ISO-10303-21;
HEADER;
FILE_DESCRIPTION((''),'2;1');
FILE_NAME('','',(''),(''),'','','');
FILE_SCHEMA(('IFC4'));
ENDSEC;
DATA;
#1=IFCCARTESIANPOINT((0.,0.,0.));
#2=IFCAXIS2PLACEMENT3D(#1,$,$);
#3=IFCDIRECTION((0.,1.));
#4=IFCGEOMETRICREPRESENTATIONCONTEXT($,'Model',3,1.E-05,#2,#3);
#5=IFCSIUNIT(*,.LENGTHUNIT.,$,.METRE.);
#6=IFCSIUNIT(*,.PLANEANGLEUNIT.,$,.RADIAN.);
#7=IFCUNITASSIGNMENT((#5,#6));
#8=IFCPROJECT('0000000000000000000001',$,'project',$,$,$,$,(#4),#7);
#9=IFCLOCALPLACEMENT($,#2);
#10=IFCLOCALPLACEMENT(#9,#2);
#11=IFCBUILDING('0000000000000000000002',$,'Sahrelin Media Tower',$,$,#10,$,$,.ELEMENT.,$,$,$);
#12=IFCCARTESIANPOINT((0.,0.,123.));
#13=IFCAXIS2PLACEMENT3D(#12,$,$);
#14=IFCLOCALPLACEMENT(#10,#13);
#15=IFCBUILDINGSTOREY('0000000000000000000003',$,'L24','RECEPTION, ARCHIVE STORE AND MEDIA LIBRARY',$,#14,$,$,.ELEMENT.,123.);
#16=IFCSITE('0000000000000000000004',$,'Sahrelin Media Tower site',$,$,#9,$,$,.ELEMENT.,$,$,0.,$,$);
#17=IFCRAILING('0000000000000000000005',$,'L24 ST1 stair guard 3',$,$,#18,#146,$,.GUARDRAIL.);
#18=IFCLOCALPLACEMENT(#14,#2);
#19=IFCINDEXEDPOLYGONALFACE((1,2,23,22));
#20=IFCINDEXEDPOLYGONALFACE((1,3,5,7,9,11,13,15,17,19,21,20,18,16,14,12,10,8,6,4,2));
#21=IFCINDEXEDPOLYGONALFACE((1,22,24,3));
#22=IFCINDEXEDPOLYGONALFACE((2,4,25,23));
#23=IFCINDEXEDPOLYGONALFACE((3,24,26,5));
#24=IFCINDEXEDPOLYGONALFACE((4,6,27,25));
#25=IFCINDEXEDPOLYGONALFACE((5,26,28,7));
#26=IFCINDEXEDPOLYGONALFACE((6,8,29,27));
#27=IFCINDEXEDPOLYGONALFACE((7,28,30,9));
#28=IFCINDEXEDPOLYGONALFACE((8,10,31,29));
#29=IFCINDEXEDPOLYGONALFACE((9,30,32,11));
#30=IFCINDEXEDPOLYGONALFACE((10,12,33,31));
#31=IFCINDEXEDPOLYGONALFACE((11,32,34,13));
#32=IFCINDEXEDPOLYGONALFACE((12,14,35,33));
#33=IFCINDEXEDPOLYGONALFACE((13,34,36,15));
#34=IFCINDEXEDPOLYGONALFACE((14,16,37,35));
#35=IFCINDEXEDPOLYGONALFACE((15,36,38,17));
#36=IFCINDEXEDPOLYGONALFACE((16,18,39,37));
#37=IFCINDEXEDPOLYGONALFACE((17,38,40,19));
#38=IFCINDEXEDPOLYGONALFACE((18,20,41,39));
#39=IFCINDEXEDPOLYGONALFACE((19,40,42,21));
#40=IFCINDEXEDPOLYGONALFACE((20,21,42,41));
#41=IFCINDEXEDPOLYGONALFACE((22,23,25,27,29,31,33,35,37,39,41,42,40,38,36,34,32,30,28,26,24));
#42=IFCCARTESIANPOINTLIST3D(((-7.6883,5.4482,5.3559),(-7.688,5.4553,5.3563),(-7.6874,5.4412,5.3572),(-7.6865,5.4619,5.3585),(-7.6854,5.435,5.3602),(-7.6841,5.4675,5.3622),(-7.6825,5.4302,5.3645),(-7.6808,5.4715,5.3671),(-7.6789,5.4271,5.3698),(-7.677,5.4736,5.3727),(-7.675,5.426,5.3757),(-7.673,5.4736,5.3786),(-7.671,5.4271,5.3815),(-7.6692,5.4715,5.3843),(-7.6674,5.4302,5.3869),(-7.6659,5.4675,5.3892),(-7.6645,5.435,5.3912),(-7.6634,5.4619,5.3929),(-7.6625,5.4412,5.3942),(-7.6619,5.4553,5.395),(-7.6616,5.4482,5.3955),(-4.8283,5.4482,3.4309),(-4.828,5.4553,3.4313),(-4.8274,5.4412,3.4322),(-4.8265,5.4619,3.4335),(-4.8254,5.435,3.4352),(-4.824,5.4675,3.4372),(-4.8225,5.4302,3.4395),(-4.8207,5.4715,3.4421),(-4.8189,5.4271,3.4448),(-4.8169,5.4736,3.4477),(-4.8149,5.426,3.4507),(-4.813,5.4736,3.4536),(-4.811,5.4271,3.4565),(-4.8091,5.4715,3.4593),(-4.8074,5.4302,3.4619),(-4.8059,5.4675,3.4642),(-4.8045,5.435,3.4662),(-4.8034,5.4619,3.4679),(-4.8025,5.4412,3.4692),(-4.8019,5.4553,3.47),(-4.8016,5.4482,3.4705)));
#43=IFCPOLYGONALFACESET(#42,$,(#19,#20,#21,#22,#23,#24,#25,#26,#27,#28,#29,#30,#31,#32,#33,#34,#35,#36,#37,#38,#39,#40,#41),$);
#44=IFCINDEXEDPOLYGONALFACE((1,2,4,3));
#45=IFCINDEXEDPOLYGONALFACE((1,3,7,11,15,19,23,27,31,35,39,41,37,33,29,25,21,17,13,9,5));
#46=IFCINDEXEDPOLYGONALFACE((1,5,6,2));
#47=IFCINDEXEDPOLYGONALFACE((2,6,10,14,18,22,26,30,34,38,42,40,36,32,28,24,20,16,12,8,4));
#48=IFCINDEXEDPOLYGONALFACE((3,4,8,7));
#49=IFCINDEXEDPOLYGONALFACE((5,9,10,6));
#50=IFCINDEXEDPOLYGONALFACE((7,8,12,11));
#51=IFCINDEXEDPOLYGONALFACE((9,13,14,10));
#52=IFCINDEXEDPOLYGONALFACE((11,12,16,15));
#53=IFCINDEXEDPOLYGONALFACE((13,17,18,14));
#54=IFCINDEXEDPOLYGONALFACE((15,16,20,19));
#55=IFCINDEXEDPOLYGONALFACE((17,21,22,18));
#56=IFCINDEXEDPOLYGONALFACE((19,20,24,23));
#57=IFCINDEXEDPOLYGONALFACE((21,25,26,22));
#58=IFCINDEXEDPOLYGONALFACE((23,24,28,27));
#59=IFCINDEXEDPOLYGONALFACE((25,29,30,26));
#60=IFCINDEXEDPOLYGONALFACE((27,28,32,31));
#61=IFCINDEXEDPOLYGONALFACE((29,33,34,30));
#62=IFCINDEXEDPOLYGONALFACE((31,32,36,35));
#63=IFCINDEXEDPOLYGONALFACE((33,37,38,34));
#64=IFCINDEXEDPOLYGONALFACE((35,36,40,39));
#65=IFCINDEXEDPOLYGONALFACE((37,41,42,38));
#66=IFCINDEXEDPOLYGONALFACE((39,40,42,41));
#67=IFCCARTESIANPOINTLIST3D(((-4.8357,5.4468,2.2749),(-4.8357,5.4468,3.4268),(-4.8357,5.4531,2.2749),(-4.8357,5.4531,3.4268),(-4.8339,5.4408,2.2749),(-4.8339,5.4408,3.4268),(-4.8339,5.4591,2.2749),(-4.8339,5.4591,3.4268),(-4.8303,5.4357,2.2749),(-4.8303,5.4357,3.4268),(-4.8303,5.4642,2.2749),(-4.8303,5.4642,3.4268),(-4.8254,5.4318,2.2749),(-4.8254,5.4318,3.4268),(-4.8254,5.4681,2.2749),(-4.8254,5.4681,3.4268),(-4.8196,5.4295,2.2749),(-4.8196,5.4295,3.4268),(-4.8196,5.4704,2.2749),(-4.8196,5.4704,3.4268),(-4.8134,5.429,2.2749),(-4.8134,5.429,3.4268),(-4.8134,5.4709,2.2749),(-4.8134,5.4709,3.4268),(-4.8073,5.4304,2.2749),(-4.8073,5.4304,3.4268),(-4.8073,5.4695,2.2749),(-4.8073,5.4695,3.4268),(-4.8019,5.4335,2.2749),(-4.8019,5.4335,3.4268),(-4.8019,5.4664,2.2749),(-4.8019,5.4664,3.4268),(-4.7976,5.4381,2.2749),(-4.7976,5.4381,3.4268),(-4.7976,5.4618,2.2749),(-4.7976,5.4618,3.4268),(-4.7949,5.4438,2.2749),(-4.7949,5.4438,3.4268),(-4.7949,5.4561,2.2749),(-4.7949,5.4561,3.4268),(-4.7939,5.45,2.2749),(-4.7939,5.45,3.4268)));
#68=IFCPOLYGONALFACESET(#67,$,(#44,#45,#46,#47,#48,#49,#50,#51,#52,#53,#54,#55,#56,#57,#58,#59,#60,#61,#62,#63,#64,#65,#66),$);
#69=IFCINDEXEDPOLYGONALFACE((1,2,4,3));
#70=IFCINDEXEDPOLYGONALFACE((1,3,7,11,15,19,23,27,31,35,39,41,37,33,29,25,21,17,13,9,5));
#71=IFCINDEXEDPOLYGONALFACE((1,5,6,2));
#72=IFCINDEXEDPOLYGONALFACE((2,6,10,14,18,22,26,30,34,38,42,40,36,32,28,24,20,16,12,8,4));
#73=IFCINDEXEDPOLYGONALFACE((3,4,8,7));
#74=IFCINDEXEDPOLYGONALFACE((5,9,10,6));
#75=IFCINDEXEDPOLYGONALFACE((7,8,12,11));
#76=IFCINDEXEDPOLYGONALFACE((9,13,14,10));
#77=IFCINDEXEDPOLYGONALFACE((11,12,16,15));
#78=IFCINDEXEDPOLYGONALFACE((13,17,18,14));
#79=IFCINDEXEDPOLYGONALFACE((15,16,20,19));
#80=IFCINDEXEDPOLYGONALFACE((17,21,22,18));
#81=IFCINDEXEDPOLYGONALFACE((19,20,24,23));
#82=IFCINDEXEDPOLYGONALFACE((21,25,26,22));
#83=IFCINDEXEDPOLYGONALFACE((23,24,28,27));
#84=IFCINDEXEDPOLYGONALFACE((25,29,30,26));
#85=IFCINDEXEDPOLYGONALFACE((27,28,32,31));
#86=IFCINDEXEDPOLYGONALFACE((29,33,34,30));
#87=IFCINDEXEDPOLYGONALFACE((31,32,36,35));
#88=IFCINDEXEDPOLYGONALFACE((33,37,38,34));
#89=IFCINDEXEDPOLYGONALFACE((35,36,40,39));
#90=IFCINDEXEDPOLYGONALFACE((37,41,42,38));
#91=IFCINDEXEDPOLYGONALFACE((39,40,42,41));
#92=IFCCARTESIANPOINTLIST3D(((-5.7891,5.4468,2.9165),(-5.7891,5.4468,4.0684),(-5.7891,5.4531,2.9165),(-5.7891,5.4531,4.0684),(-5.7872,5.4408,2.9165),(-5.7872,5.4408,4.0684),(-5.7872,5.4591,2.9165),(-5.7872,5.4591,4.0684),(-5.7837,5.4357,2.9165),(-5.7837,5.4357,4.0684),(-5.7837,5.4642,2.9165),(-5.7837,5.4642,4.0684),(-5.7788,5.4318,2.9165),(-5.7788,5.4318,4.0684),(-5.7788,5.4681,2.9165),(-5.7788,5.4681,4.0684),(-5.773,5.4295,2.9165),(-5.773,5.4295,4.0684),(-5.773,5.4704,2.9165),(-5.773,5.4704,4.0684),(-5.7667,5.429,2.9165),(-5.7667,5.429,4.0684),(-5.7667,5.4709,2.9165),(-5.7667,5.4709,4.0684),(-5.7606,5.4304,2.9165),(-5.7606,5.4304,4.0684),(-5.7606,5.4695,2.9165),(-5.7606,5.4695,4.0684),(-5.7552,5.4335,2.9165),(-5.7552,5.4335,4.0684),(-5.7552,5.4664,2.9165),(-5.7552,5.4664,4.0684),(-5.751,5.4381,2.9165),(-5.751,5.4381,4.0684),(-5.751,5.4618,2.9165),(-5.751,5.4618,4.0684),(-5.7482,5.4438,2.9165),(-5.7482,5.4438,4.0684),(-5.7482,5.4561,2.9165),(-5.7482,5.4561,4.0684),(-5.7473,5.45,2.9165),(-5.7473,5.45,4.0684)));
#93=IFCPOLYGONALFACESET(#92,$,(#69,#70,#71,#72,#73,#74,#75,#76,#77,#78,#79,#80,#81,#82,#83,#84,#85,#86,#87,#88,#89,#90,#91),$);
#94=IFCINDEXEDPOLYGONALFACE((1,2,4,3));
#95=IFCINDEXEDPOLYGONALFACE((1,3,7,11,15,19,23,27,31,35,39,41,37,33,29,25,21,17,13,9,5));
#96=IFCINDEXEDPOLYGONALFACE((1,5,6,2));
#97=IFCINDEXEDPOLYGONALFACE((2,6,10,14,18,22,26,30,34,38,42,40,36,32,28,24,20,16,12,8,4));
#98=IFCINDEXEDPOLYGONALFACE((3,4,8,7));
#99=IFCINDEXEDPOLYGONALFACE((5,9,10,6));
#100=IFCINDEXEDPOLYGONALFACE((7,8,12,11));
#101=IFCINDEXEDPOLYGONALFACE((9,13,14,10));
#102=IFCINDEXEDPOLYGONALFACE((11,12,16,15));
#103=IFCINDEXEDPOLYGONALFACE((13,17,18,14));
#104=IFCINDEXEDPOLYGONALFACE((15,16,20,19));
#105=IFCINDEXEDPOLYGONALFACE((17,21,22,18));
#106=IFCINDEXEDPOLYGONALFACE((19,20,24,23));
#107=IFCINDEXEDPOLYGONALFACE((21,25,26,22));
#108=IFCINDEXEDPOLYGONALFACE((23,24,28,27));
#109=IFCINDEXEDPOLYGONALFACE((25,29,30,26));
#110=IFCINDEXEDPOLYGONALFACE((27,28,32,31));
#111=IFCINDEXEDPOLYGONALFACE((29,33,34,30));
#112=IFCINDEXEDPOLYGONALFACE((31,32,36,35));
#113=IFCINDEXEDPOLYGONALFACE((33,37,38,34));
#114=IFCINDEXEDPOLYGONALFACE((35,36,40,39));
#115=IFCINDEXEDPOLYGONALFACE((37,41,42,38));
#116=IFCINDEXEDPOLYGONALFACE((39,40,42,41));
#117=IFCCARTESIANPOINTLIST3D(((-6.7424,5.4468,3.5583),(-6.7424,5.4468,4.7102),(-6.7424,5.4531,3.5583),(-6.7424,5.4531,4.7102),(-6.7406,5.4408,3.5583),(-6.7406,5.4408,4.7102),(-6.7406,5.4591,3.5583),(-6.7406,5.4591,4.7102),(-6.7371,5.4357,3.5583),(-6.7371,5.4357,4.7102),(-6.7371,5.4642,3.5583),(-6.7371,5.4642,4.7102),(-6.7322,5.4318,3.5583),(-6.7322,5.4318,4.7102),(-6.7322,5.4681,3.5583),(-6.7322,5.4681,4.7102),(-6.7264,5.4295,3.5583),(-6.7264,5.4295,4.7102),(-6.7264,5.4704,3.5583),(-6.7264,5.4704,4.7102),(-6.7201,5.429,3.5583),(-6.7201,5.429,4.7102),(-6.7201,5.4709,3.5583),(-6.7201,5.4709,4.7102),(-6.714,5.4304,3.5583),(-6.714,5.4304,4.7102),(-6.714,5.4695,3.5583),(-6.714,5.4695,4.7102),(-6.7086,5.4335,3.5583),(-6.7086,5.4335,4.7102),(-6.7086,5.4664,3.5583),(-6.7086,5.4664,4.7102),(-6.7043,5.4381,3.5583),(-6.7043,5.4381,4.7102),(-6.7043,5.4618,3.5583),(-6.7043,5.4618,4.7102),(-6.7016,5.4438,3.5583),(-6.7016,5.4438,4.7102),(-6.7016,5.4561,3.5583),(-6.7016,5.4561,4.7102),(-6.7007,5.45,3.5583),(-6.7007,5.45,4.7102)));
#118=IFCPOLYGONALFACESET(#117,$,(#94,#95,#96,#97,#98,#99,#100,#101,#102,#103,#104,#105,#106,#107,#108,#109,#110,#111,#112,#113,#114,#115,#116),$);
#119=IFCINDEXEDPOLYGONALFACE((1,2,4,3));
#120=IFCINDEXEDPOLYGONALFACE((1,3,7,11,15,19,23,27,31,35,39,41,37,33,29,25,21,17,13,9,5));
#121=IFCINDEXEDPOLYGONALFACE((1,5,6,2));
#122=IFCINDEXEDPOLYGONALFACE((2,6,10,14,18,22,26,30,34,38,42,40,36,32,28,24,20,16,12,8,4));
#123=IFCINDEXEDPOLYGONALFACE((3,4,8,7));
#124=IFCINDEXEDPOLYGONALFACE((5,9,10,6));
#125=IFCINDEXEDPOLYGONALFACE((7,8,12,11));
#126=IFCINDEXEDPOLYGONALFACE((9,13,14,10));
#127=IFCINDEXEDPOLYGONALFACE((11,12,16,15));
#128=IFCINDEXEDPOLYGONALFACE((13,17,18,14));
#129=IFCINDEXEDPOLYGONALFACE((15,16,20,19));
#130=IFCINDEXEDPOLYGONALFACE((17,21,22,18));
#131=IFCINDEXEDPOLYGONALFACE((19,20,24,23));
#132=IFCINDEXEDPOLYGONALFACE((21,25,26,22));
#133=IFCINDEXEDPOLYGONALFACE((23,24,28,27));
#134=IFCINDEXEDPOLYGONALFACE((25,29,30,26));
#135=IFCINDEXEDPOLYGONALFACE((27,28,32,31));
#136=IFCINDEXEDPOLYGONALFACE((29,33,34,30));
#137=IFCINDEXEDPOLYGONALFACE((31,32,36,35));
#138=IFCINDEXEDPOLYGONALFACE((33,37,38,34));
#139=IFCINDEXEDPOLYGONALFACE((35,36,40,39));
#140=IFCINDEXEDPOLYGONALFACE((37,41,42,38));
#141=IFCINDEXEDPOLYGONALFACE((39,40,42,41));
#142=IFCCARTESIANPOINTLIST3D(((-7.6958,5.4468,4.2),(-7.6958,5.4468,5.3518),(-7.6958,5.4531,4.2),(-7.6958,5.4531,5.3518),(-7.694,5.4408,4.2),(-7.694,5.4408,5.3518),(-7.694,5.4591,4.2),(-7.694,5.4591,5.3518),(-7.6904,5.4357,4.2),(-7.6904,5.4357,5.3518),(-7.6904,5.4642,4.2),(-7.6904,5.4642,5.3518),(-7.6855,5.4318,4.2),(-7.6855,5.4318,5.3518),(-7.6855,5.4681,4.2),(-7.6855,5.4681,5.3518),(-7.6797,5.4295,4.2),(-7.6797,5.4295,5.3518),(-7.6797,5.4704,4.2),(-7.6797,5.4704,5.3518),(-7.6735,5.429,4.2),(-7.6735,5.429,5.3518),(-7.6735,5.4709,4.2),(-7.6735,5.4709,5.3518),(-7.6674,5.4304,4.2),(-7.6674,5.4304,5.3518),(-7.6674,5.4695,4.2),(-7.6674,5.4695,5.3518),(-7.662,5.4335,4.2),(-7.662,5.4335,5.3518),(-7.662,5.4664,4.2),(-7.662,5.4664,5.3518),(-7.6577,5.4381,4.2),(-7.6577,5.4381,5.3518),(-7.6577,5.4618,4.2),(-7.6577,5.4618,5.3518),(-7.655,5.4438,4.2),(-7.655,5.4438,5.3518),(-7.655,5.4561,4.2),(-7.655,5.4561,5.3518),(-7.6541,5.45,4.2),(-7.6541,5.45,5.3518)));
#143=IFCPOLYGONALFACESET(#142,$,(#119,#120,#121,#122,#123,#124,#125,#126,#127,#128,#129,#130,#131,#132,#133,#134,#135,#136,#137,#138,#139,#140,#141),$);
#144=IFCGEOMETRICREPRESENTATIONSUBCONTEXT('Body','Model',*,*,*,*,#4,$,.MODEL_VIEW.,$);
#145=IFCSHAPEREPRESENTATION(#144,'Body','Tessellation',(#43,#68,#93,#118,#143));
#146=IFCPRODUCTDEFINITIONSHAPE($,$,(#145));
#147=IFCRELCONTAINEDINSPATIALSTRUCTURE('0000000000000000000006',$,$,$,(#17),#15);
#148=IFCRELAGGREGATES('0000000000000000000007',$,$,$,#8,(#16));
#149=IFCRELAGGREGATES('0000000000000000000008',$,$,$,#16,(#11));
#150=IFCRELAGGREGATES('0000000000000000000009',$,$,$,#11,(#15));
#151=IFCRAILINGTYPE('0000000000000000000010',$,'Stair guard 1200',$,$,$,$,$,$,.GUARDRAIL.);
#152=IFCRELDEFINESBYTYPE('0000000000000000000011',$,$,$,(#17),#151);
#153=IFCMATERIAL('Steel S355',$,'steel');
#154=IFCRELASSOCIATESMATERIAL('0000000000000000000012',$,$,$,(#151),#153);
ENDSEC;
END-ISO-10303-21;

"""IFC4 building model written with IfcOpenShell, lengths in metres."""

from ifc_helpers import new_model, si_unit, direction, frame, origin, origin_2d, place, context, subcontext, project, spatial, circle, extrude, material, type_object, element, save


model = new_model("IFC4")

# Units and contexts
model_context = context("Model", 3, precision=1e-05, world=origin(), true_north=direction((0.0, 1.0)))
body_context = subcontext(model_context, "Body", "Model", "MODEL_VIEW")
ifc_project = project(units=[si_unit("LENGTHUNIT", "METRE"), si_unit("PLANEANGLEUNIT", "RADIAN")], contexts=[model_context])

# Site, building, storey
site_placement = place(None, origin())
site = spatial("IfcSite", under=ifc_project, at=site_placement, Name="Sahrelin Media Tower site", CompositionType="ELEMENT", RefElevation=0.0)
building_placement = place(site_placement, origin())
building = spatial("IfcBuilding", under=site, at=building_placement, Name="Sahrelin Media Tower", CompositionType="ELEMENT")
storey_placement = place(building_placement, frame((0.0, 0.0, 123.0)))
storey = spatial("IfcBuildingStorey", under=building, at=storey_placement, Name="L24", Description="RECEPTION, ARCHIVE STORE AND MEDIA LIBRARY", CompositionType="ELEMENT", Elevation=123.0)

# Shared definitions
ifc_material_1 = material(Name="Steel S355", Category="steel")

# Railing
railing_type_1 = type_object("IfcRailingType", Name="Stair guard 1200", PredefinedType="GUARDRAIL", material=ifc_material_1)
railing_1_placement = place(storey_placement, frame((-4.8149, 5.45, 2.2749)))
element("IfcRailing", 1, at=railing_1_placement, inside=storey, type_object=railing_type_1, Name="L24 ST1 stair guard 3", PredefinedType="GUARDRAIL", context=body_context, shape_type="SweptSolid", body=[
    extrude(circle(Radius=0.0239, at=origin_2d()), frame((0.0, 0.0, 1.1758), z_axis=(-0.829591, 0.0, 0.558372), x_axis=(0.0, -1.0, 0.0)), (0.0, 0.0, 1.0), 3.4475),
    extrude(circle(Radius=0.021, at=origin_2d()), origin(), (0.0, 0.0, 1.0), 1.1519),
    extrude(circle(Radius=0.021, at=origin_2d()), frame((-0.9534, 0.0, 0.6416)), (0.0, 0.0, 1.0), 1.1519),
    extrude(circle(Radius=0.021, at=origin_2d()), frame((-1.9067, 0.0, 1.2834)), (0.0, 0.0, 1.0), 1.1519),
    extrude(circle(Radius=0.021, at=origin_2d()), frame((-2.8601, 0.0, 1.925)), (0.0, 0.0, 1.0), 1.1519),
])

save(model, "model.ifc")
